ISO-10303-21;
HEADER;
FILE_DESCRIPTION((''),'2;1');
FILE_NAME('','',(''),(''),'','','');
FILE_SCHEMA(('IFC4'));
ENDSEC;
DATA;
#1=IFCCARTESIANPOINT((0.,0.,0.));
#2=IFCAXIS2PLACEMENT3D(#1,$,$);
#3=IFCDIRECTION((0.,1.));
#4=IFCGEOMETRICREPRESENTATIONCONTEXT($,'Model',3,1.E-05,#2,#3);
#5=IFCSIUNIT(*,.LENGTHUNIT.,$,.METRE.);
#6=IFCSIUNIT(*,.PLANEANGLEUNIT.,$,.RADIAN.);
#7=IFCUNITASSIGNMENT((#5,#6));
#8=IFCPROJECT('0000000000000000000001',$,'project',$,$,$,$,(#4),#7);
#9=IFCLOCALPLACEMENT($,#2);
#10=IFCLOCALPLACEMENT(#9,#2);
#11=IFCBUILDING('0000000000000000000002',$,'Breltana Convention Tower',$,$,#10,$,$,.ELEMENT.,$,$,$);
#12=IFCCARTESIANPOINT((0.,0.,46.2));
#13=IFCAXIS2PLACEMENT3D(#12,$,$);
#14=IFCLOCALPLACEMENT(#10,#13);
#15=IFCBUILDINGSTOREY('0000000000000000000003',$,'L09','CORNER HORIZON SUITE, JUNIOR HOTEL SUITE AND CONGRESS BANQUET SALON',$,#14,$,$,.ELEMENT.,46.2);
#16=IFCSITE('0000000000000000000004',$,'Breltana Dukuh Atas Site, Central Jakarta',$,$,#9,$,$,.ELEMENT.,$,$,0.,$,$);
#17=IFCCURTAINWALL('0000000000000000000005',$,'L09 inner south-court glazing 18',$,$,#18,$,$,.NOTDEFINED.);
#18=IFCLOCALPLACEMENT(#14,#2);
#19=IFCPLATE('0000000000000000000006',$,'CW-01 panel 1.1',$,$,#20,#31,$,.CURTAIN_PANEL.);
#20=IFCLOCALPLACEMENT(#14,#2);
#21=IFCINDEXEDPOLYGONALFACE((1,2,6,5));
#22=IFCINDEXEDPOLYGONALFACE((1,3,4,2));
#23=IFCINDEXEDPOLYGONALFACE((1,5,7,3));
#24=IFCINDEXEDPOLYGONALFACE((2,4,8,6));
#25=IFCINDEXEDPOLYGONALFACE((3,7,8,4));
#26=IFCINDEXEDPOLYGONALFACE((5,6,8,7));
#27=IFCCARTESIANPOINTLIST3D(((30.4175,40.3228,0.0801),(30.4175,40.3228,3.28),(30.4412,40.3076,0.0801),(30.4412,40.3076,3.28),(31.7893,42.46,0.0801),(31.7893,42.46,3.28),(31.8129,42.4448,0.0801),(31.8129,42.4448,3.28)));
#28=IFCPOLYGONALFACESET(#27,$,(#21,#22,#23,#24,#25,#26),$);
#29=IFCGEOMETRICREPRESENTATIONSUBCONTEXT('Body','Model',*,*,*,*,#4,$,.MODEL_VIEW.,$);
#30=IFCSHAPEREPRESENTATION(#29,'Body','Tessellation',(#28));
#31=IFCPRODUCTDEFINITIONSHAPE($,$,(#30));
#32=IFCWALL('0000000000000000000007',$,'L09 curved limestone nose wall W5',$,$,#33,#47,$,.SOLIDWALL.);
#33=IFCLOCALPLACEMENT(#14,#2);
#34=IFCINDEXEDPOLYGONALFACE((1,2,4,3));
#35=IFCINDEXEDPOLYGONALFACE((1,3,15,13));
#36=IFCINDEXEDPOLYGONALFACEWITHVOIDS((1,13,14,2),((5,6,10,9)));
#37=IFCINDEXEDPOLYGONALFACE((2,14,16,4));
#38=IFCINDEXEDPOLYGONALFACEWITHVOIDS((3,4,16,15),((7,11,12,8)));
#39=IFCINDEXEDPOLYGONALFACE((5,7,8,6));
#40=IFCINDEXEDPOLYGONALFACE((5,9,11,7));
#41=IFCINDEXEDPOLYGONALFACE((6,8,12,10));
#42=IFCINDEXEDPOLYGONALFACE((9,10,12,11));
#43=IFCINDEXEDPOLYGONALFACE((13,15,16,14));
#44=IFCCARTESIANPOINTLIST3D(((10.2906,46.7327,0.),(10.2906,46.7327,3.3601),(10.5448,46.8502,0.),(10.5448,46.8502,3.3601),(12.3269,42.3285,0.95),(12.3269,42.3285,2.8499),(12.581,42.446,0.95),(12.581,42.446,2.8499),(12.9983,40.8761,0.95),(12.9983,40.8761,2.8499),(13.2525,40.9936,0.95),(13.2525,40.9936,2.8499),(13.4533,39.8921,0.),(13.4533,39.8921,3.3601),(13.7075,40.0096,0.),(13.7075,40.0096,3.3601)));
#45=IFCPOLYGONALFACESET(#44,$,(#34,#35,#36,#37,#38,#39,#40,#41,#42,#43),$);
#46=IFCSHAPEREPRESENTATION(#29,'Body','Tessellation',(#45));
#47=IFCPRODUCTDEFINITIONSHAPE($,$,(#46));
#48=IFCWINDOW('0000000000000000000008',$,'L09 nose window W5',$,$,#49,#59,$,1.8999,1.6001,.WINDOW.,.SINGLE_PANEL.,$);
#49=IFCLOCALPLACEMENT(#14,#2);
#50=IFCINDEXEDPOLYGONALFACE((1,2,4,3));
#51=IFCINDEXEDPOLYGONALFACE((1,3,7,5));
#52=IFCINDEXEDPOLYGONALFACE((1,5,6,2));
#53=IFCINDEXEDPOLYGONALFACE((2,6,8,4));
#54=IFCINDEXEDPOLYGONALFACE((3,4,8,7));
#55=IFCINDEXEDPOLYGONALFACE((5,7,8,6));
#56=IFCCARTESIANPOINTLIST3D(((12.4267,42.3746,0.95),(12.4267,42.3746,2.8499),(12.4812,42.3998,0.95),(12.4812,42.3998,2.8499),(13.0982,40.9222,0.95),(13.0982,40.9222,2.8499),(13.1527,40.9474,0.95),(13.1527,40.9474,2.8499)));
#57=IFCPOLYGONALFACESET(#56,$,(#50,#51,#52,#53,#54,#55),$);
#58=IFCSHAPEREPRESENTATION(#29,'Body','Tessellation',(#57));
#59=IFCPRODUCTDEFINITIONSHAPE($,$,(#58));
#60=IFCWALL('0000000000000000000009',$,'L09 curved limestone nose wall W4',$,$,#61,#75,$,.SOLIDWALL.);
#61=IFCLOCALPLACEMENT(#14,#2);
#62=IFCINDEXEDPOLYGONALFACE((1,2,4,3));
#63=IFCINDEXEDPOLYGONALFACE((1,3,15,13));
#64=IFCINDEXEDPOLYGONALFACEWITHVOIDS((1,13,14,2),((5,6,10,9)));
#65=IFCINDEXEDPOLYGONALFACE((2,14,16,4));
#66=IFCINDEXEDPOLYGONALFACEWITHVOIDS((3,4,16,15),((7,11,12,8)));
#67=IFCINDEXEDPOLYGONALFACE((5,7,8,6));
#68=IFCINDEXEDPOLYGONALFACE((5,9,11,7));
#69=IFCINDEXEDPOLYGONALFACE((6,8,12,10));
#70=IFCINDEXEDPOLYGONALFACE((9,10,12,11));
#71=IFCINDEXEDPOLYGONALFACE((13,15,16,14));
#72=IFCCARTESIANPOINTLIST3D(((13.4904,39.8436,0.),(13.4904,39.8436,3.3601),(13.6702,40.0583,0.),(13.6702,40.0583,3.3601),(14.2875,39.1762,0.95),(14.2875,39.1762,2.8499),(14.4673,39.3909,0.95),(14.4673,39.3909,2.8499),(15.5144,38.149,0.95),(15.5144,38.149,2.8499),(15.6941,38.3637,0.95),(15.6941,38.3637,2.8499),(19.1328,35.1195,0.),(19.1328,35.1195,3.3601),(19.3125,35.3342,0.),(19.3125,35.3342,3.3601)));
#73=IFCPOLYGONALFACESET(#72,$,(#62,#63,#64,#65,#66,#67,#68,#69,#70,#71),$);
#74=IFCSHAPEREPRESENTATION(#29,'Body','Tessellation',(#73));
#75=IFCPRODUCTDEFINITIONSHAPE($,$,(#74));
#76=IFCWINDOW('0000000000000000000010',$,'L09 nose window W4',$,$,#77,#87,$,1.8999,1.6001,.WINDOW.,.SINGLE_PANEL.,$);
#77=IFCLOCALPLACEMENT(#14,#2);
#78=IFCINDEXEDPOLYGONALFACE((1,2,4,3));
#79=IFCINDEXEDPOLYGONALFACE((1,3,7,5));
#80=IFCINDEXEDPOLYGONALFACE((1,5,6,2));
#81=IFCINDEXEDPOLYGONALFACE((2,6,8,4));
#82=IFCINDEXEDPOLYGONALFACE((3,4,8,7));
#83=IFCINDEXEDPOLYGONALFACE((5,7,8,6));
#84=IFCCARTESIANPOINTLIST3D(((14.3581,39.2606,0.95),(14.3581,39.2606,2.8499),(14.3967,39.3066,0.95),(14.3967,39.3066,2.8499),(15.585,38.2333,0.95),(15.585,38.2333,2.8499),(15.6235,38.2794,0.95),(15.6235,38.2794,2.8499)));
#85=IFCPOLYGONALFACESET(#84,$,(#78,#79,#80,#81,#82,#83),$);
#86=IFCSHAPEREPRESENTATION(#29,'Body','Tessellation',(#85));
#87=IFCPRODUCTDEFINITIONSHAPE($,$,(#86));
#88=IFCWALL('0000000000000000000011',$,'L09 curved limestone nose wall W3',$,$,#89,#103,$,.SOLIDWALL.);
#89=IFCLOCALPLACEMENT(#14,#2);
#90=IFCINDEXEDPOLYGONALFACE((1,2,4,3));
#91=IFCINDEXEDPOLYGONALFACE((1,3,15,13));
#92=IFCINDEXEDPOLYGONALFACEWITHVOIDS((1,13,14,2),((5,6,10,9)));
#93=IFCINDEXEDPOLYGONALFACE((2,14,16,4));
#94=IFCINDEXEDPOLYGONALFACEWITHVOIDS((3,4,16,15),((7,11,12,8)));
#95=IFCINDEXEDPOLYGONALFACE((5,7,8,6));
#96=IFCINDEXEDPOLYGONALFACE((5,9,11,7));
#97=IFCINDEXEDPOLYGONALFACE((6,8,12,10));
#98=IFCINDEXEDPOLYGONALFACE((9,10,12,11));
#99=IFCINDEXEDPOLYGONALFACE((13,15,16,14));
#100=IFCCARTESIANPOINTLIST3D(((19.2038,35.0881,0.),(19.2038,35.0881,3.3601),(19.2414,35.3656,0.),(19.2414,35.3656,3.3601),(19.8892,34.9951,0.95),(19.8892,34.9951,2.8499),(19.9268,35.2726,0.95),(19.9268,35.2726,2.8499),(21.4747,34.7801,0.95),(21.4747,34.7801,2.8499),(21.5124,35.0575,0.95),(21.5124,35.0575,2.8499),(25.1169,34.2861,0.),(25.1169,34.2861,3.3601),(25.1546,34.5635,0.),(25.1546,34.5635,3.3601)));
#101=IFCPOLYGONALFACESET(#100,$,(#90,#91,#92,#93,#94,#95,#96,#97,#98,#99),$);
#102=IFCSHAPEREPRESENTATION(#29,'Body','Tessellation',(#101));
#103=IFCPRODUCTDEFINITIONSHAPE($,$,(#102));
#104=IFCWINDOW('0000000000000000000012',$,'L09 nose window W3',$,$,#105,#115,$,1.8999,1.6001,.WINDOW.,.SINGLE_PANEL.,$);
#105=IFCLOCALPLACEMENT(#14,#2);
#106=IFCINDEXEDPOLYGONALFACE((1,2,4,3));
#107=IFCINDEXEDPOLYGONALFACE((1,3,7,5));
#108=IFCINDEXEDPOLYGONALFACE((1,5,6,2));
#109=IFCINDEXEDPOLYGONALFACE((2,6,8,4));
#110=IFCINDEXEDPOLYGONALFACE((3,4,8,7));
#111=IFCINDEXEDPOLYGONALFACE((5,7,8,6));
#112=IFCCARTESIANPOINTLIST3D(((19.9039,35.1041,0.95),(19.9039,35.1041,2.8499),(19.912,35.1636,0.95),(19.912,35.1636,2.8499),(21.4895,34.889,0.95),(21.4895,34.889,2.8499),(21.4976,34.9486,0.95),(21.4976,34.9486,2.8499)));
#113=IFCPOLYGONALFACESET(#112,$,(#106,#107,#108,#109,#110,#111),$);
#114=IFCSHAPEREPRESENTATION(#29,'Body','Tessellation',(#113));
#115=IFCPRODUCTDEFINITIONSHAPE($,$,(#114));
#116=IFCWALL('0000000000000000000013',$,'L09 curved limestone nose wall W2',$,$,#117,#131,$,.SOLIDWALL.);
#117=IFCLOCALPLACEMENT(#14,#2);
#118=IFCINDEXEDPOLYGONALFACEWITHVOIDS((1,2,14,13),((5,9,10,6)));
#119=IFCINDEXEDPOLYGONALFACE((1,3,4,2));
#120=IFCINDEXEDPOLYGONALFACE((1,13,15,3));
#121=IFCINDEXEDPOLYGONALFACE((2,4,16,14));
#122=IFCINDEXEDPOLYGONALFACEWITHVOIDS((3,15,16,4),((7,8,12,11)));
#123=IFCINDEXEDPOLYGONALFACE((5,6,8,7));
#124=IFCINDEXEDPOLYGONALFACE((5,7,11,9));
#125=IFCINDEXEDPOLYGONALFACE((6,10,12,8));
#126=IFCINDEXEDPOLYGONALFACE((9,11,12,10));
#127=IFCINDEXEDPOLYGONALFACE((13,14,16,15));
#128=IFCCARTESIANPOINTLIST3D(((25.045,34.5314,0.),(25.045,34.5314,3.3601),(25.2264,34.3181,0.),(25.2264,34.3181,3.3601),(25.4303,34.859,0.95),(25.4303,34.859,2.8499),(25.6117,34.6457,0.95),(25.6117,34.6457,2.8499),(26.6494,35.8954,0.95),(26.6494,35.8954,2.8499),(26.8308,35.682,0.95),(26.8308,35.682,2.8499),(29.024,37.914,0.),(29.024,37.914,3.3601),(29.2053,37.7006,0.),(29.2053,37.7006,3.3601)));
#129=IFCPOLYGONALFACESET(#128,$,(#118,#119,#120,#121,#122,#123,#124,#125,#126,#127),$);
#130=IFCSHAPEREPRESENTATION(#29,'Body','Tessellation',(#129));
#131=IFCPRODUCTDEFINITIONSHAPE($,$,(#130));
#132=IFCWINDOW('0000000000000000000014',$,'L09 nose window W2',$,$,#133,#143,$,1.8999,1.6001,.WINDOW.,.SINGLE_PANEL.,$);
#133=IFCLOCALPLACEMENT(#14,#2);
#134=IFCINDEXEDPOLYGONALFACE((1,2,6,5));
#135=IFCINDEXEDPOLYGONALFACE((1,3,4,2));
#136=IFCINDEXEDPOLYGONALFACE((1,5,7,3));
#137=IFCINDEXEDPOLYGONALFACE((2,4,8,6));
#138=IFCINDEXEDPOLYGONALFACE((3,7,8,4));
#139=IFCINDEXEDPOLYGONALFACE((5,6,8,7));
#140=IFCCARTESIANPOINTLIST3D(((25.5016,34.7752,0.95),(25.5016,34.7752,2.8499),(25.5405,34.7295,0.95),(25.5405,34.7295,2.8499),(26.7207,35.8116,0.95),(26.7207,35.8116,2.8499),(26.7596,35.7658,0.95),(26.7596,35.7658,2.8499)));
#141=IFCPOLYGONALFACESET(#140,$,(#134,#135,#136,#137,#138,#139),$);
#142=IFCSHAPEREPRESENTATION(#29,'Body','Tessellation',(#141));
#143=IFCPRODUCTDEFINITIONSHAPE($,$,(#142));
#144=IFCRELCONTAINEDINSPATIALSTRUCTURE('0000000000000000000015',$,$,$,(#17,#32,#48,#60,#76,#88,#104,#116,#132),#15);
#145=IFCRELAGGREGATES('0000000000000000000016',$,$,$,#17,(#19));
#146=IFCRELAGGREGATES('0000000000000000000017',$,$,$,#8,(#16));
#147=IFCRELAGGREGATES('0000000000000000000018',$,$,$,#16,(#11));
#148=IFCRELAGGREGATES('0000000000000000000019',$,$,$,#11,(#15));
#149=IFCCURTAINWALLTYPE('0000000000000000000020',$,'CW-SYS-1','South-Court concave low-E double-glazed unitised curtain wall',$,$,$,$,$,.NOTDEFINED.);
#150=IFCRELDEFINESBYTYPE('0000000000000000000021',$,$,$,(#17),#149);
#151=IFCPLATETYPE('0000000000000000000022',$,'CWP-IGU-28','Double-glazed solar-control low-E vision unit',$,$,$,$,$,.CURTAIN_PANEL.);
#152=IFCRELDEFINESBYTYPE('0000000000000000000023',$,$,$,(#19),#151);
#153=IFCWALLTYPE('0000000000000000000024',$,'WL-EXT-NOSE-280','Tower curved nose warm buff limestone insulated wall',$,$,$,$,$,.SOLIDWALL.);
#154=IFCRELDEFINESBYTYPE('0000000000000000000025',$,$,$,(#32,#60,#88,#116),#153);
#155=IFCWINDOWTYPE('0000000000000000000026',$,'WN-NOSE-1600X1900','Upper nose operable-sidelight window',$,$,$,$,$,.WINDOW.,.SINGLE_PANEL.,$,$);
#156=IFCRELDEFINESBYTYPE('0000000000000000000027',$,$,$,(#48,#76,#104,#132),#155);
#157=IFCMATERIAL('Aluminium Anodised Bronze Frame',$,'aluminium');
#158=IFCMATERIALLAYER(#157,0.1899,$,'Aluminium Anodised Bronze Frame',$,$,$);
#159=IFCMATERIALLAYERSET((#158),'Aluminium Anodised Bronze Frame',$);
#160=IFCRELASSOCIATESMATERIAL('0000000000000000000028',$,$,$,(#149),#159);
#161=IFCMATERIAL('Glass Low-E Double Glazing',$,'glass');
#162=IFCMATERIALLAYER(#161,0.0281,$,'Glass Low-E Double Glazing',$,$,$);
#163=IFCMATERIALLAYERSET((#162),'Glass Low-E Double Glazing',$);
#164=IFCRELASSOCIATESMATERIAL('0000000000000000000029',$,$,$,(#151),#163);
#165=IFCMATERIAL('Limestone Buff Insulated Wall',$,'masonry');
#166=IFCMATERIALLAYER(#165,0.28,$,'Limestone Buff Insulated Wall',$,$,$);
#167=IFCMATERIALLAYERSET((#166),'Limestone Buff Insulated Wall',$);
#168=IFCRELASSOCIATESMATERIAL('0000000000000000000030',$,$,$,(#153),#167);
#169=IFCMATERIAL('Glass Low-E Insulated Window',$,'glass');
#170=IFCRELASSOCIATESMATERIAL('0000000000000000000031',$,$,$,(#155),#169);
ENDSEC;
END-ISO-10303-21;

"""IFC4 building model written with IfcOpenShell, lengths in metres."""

from ifc_helpers import new_model, si_unit, direction, frame, frame_2d, origin, origin_2d, place, context, subcontext, project, spatial, rectangle, extrude, source, transform, mapped, material, layer, layer_set, type_object, type_shapes, element, fill, aggregate, save


model = new_model("IFC4")

# Units and contexts
model_context = context("Model", 3, precision=1e-05, world=origin(), true_north=direction((0.0, 1.0)))
body_context = subcontext(model_context, "Body", "Model", "MODEL_VIEW")
ifc_project = project(units=[si_unit("LENGTHUNIT", "METRE"), si_unit("PLANEANGLEUNIT", "RADIAN")], contexts=[model_context])

# Site, building, storey
site_placement = place(None, origin())
site = spatial("IfcSite", under=ifc_project, at=site_placement, Name="Breltana Dukuh Atas Site, Central Jakarta", CompositionType="ELEMENT", RefElevation=0.0)
building_placement = place(site_placement, origin())
building = spatial("IfcBuilding", under=site, at=building_placement, Name="Breltana Convention Tower", CompositionType="ELEMENT")
storey_placement = place(building_placement, frame((0.0, 0.0, 46.2)))
storey = spatial("IfcBuildingStorey", under=building, at=storey_placement, Name="L09", Description="CORNER HORIZON SUITE, JUNIOR HOTEL SUITE AND CONGRESS BANQUET SALON", CompositionType="ELEMENT", Elevation=46.2)

# Curtain wall
ifc_material_1 = material(Name="Aluminium Anodised Bronze Frame", Category="aluminium")
ifc_layer_1 = layer(ifc_material_1, 0.1899, Name="Aluminium Anodised Bronze Frame")
ifc_layer_set_1 = layer_set([ifc_layer_1], Name="Aluminium Anodised Bronze Frame")
curtain_wall_type = type_object("IfcCurtainWallType", Name="CW-SYS-1", Description="South-Court concave low-E double-glazed unitised curtain wall", PredefinedType="NOTDEFINED", material=ifc_layer_set_1)
curtain_wall_1_placement = place(storey_placement, origin())
curtain_wall_1 = element("IfcCurtainWall", 1, at=curtain_wall_1_placement, inside=storey, type_object=curtain_wall_type, Name="L09 inner south-court glazing 18", PredefinedType="NOTDEFINED")

# Plate
ifc_material_2 = material(Name="Glass Low-E Double Glazing", Category="glass")
ifc_layer_2 = layer(ifc_material_2, 0.0281, Name="Glass Low-E Double Glazing")
ifc_layer_set_2 = layer_set([ifc_layer_2], Name="Glass Low-E Double Glazing")
plate_type = type_object("IfcPlateType", Name="CWP-IGU-28", Description="Double-glazed solar-control low-E vision unit", PredefinedType="CURTAIN_PANEL", material=ifc_layer_set_2)
shared_shape_1 = source(origin(), body_context, "Body", "SweptSolid", [
    extrude(rectangle(XDim=2.5396, YDim=0.0281, at=origin_2d()), origin(), (0.0, 0.0, 1.0), 3.2),
])
plate_1_placement = place(storey_placement, frame((31.1152, 41.3838, 0.0801), z_axis=(0.0, 0.0, 1.0), x_axis=(-0.54017, -0.841556, 0.0)))
plate_1 = element("IfcPlate", 2, at=plate_1_placement, type_object=plate_type, Name="CW-01 panel 1.1", PredefinedType="CURTAIN_PANEL", context=body_context, shape_type="MappedRepresentation", body=[
    mapped(shared_shape_1, transform((0.0, 0.0, 0.0), scale=1.0)),
])
aggregate(curtain_wall_1, [plate_1])

# Walls, openings, windows
ifc_material_3 = material(Name="Limestone Buff Insulated Wall", Category="masonry")
ifc_layer_3 = layer(ifc_material_3, 0.28, Name="Limestone Buff Insulated Wall")
ifc_layer_set_3 = layer_set([ifc_layer_3], Name="Limestone Buff Insulated Wall")
wall_type_1 = type_object("IfcWallType", Name="WL-EXT-NOSE-280", Description="Tower curved nose warm buff limestone insulated wall", PredefinedType="SOLIDWALL", material=ifc_layer_set_3)
shared_shape_2 = source(origin(), body_context, "Body", "SweptSolid", [
    extrude(rectangle(XDim=7.5364, YDim=0.28, at=frame_2d((3.7681, 0.0))), origin(), (0.0, 0.0, 1.0), 3.3601),
])
wall_1_placement = place(storey_placement, frame((13.5803, 39.9509, 0.0), z_axis=(0.0, 0.0, 1.0), x_axis=(-0.41965, 0.907686, 0.0)))
wall_1 = element("IfcWall", 3, at=wall_1_placement, inside=storey, type_object=wall_type_1, Name="L09 curved limestone nose wall W5", PredefinedType="SOLIDWALL", context=body_context, shape_type="MappedRepresentation", body=[
    mapped(shared_shape_2, transform((0.0, 0.0, 0.0), scale=1.0)),
])
opening_1_placement = place(wall_1_placement, frame((1.084, 0.0, 0.95)))
opening_1 = element("IfcOpeningElement", 4, at=opening_1_placement, cuts=wall_1, PredefinedType="OPENING", context=body_context, shape_type="SweptSolid", body=[
    extrude(rectangle(XDim=1.6001, YDim=1.8999, at=frame_2d((0.8, 0.95))), frame((0.0, 0.1499, 0.0), z_axis=(0.0, -1.0, 0.0), x_axis=(1.0, 0.0, 0.0)), (0.0, 0.0, 1.0), 0.3),
])
ifc_material_4 = material(Name="Glass Low-E Insulated Window", Category="glass")
window_type = type_object("IfcWindowType", Name="WN-NOSE-1600X1900", Description="Upper nose operable-sidelight window", PartitioningType="SINGLE_PANEL", PredefinedType="WINDOW", material=ifc_material_4)
shared_shape_3 = source(origin(), body_context, "Body", "SweptSolid", [
    extrude(rectangle(XDim=1.6001, YDim=1.8999, at=frame_2d((0.8, 0.95))), frame((0.0, 0.03, 0.0), z_axis=(0.0, -1.0, 0.0), x_axis=(1.0, 0.0, 0.0)), (0.0, 0.0, 1.0), 0.0601),
])
type_shapes(window_type, [shared_shape_3])
window_1_placement = place(opening_1_placement, origin())
window_1 = element("IfcWindow", 5, at=window_1_placement, inside=storey, type_object=window_type, Name="L09 nose window W5", OverallHeight=1.8999, OverallWidth=1.6001, PartitioningType="SINGLE_PANEL", PredefinedType="WINDOW", context=body_context, shape_type="MappedRepresentation", body=[
    mapped(shared_shape_3, transform((0.0, 0.0, 0.0), scale=1.0)),
])
fill(opening_1, window_1)
shared_shape_4 = source(origin(), body_context, "Body", "SweptSolid", [
    extrude(rectangle(XDim=7.3589, YDim=0.28, at=frame_2d((3.6794, 0.0))), origin(), (0.0, 0.0, 1.0), 3.3601),
])
wall_2_placement = place(storey_placement, frame((19.2227, 35.2268, 0.0), z_axis=(0.0, 0.0, 1.0), x_axis=(-0.766737, 0.641961, 0.0)))
wall_2 = element("IfcWall", 6, at=wall_2_placement, inside=storey, type_object=wall_type_1, Name="L09 curved limestone nose wall W4", PredefinedType="SOLIDWALL", context=body_context, shape_type="MappedRepresentation", body=[
    mapped(shared_shape_4, transform((0.0, 0.0, 0.0), scale=1.0)),
])
opening_2_placement = place(wall_2_placement, frame((4.7192, 0.0, 0.95)))
opening_2 = element("IfcOpeningElement", 7, at=opening_2_placement, cuts=wall_2, PredefinedType="OPENING", context=body_context, shape_type="SweptSolid", body=[
    extrude(rectangle(XDim=1.6001, YDim=1.8999, at=frame_2d((0.8, 0.95))), frame((0.0, 0.1499, 0.0), z_axis=(0.0, -1.0, 0.0), x_axis=(1.0, 0.0, 0.0)), (0.0, 0.0, 1.0), 0.3),
])
window_2_placement = place(opening_2_placement, origin())
window_2 = element("IfcWindow", 8, at=window_2_placement, inside=storey, type_object=window_type, Name="L09 nose window W4", OverallHeight=1.8999, OverallWidth=1.6001, PartitioningType="SINGLE_PANEL", PredefinedType="WINDOW", context=body_context, shape_type="MappedRepresentation", body=[
    mapped(shared_shape_3, transform((0.0, 0.0, 0.0), scale=1.0)),
])
fill(opening_2, window_2)
shared_shape_5 = source(origin(), body_context, "Body", "SweptSolid", [
    extrude(rectangle(XDim=5.9673, YDim=0.28, at=frame_2d((2.9836, 0.0))), origin(), (0.0, 0.0, 1.0), 3.3601),
])
wall_3_placement = place(storey_placement, frame((25.1357, 34.4248, 0.0), z_axis=(0.0, 0.0, 1.0), x_axis=(-0.990927, 0.134401, 0.0)))
wall_3 = element("IfcWall", 9, at=wall_3_placement, inside=storey, type_object=wall_type_1, Name="L09 curved limestone nose wall W3", PredefinedType="SOLIDWALL", context=body_context, shape_type="MappedRepresentation", body=[
    mapped(shared_shape_5, transform((0.0, 0.0, 0.0), scale=1.0)),
])
opening_3_placement = place(wall_3_placement, frame((3.6755, 0.0, 0.95)))
opening_3 = element("IfcOpeningElement", 10, at=opening_3_placement, cuts=wall_3, PredefinedType="OPENING", context=body_context, shape_type="SweptSolid", body=[
    extrude(rectangle(XDim=1.6001, YDim=1.8999, at=frame_2d((0.8, 0.95))), frame((0.0, 0.1499, 0.0), z_axis=(0.0, -1.0, 0.0), x_axis=(1.0, 0.0, 0.0)), (0.0, 0.0, 1.0), 0.3),
])
window_3_placement = place(opening_3_placement, origin())
window_3 = element("IfcWindow", 11, at=window_3_placement, inside=storey, type_object=window_type, Name="L09 nose window W3", OverallHeight=1.8999, OverallWidth=1.6001, PartitioningType="SINGLE_PANEL", PredefinedType="WINDOW", context=body_context, shape_type="MappedRepresentation", body=[
    mapped(shared_shape_3, transform((0.0, 0.0, 0.0), scale=1.0)),
])
fill(opening_3, window_3)
shared_shape_6 = source(origin(), body_context, "Body", "SweptSolid", [
    extrude(rectangle(XDim=5.2224, YDim=0.28, at=frame_2d((2.6113, 0.0))), origin(), (0.0, 0.0, 1.0), 3.3601),
])
wall_4_placement = place(storey_placement, frame((29.1147, 37.8074, 0.0), z_axis=(0.0, 0.0, 1.0), x_axis=(-0.7619, -0.647695, 0.0)))
wall_4 = element("IfcWall", 12, at=wall_4_placement, inside=storey, type_object=wall_type_1, Name="L09 curved limestone nose wall W2", PredefinedType="SOLIDWALL", context=body_context, shape_type="MappedRepresentation", body=[
    mapped(shared_shape_6, transform((0.0, 0.0, 0.0), scale=1.0)),
])
opening_4_placement = place(wall_4_placement, frame((3.1167, 0.0, 0.95)))
opening_4 = element("IfcOpeningElement", 13, at=opening_4_placement, cuts=wall_4, PredefinedType="OPENING", context=body_context, shape_type="SweptSolid", body=[
    extrude(rectangle(XDim=1.6001, YDim=1.8999, at=frame_2d((0.8, 0.95))), frame((0.0, 0.1499, 0.0), z_axis=(0.0, -1.0, 0.0), x_axis=(1.0, 0.0, 0.0)), (0.0, 0.0, 1.0), 0.3),
])
window_4_placement = place(opening_4_placement, origin())
window_4 = element("IfcWindow", 14, at=window_4_placement, inside=storey, type_object=window_type, Name="L09 nose window W2", OverallHeight=1.8999, OverallWidth=1.6001, PartitioningType="SINGLE_PANEL", PredefinedType="WINDOW", context=body_context, shape_type="MappedRepresentation", body=[
    mapped(shared_shape_3, transform((0.0, 0.0, 0.0), scale=1.0)),
])
fill(opening_4, window_4)

save(model, "model.ifc")
